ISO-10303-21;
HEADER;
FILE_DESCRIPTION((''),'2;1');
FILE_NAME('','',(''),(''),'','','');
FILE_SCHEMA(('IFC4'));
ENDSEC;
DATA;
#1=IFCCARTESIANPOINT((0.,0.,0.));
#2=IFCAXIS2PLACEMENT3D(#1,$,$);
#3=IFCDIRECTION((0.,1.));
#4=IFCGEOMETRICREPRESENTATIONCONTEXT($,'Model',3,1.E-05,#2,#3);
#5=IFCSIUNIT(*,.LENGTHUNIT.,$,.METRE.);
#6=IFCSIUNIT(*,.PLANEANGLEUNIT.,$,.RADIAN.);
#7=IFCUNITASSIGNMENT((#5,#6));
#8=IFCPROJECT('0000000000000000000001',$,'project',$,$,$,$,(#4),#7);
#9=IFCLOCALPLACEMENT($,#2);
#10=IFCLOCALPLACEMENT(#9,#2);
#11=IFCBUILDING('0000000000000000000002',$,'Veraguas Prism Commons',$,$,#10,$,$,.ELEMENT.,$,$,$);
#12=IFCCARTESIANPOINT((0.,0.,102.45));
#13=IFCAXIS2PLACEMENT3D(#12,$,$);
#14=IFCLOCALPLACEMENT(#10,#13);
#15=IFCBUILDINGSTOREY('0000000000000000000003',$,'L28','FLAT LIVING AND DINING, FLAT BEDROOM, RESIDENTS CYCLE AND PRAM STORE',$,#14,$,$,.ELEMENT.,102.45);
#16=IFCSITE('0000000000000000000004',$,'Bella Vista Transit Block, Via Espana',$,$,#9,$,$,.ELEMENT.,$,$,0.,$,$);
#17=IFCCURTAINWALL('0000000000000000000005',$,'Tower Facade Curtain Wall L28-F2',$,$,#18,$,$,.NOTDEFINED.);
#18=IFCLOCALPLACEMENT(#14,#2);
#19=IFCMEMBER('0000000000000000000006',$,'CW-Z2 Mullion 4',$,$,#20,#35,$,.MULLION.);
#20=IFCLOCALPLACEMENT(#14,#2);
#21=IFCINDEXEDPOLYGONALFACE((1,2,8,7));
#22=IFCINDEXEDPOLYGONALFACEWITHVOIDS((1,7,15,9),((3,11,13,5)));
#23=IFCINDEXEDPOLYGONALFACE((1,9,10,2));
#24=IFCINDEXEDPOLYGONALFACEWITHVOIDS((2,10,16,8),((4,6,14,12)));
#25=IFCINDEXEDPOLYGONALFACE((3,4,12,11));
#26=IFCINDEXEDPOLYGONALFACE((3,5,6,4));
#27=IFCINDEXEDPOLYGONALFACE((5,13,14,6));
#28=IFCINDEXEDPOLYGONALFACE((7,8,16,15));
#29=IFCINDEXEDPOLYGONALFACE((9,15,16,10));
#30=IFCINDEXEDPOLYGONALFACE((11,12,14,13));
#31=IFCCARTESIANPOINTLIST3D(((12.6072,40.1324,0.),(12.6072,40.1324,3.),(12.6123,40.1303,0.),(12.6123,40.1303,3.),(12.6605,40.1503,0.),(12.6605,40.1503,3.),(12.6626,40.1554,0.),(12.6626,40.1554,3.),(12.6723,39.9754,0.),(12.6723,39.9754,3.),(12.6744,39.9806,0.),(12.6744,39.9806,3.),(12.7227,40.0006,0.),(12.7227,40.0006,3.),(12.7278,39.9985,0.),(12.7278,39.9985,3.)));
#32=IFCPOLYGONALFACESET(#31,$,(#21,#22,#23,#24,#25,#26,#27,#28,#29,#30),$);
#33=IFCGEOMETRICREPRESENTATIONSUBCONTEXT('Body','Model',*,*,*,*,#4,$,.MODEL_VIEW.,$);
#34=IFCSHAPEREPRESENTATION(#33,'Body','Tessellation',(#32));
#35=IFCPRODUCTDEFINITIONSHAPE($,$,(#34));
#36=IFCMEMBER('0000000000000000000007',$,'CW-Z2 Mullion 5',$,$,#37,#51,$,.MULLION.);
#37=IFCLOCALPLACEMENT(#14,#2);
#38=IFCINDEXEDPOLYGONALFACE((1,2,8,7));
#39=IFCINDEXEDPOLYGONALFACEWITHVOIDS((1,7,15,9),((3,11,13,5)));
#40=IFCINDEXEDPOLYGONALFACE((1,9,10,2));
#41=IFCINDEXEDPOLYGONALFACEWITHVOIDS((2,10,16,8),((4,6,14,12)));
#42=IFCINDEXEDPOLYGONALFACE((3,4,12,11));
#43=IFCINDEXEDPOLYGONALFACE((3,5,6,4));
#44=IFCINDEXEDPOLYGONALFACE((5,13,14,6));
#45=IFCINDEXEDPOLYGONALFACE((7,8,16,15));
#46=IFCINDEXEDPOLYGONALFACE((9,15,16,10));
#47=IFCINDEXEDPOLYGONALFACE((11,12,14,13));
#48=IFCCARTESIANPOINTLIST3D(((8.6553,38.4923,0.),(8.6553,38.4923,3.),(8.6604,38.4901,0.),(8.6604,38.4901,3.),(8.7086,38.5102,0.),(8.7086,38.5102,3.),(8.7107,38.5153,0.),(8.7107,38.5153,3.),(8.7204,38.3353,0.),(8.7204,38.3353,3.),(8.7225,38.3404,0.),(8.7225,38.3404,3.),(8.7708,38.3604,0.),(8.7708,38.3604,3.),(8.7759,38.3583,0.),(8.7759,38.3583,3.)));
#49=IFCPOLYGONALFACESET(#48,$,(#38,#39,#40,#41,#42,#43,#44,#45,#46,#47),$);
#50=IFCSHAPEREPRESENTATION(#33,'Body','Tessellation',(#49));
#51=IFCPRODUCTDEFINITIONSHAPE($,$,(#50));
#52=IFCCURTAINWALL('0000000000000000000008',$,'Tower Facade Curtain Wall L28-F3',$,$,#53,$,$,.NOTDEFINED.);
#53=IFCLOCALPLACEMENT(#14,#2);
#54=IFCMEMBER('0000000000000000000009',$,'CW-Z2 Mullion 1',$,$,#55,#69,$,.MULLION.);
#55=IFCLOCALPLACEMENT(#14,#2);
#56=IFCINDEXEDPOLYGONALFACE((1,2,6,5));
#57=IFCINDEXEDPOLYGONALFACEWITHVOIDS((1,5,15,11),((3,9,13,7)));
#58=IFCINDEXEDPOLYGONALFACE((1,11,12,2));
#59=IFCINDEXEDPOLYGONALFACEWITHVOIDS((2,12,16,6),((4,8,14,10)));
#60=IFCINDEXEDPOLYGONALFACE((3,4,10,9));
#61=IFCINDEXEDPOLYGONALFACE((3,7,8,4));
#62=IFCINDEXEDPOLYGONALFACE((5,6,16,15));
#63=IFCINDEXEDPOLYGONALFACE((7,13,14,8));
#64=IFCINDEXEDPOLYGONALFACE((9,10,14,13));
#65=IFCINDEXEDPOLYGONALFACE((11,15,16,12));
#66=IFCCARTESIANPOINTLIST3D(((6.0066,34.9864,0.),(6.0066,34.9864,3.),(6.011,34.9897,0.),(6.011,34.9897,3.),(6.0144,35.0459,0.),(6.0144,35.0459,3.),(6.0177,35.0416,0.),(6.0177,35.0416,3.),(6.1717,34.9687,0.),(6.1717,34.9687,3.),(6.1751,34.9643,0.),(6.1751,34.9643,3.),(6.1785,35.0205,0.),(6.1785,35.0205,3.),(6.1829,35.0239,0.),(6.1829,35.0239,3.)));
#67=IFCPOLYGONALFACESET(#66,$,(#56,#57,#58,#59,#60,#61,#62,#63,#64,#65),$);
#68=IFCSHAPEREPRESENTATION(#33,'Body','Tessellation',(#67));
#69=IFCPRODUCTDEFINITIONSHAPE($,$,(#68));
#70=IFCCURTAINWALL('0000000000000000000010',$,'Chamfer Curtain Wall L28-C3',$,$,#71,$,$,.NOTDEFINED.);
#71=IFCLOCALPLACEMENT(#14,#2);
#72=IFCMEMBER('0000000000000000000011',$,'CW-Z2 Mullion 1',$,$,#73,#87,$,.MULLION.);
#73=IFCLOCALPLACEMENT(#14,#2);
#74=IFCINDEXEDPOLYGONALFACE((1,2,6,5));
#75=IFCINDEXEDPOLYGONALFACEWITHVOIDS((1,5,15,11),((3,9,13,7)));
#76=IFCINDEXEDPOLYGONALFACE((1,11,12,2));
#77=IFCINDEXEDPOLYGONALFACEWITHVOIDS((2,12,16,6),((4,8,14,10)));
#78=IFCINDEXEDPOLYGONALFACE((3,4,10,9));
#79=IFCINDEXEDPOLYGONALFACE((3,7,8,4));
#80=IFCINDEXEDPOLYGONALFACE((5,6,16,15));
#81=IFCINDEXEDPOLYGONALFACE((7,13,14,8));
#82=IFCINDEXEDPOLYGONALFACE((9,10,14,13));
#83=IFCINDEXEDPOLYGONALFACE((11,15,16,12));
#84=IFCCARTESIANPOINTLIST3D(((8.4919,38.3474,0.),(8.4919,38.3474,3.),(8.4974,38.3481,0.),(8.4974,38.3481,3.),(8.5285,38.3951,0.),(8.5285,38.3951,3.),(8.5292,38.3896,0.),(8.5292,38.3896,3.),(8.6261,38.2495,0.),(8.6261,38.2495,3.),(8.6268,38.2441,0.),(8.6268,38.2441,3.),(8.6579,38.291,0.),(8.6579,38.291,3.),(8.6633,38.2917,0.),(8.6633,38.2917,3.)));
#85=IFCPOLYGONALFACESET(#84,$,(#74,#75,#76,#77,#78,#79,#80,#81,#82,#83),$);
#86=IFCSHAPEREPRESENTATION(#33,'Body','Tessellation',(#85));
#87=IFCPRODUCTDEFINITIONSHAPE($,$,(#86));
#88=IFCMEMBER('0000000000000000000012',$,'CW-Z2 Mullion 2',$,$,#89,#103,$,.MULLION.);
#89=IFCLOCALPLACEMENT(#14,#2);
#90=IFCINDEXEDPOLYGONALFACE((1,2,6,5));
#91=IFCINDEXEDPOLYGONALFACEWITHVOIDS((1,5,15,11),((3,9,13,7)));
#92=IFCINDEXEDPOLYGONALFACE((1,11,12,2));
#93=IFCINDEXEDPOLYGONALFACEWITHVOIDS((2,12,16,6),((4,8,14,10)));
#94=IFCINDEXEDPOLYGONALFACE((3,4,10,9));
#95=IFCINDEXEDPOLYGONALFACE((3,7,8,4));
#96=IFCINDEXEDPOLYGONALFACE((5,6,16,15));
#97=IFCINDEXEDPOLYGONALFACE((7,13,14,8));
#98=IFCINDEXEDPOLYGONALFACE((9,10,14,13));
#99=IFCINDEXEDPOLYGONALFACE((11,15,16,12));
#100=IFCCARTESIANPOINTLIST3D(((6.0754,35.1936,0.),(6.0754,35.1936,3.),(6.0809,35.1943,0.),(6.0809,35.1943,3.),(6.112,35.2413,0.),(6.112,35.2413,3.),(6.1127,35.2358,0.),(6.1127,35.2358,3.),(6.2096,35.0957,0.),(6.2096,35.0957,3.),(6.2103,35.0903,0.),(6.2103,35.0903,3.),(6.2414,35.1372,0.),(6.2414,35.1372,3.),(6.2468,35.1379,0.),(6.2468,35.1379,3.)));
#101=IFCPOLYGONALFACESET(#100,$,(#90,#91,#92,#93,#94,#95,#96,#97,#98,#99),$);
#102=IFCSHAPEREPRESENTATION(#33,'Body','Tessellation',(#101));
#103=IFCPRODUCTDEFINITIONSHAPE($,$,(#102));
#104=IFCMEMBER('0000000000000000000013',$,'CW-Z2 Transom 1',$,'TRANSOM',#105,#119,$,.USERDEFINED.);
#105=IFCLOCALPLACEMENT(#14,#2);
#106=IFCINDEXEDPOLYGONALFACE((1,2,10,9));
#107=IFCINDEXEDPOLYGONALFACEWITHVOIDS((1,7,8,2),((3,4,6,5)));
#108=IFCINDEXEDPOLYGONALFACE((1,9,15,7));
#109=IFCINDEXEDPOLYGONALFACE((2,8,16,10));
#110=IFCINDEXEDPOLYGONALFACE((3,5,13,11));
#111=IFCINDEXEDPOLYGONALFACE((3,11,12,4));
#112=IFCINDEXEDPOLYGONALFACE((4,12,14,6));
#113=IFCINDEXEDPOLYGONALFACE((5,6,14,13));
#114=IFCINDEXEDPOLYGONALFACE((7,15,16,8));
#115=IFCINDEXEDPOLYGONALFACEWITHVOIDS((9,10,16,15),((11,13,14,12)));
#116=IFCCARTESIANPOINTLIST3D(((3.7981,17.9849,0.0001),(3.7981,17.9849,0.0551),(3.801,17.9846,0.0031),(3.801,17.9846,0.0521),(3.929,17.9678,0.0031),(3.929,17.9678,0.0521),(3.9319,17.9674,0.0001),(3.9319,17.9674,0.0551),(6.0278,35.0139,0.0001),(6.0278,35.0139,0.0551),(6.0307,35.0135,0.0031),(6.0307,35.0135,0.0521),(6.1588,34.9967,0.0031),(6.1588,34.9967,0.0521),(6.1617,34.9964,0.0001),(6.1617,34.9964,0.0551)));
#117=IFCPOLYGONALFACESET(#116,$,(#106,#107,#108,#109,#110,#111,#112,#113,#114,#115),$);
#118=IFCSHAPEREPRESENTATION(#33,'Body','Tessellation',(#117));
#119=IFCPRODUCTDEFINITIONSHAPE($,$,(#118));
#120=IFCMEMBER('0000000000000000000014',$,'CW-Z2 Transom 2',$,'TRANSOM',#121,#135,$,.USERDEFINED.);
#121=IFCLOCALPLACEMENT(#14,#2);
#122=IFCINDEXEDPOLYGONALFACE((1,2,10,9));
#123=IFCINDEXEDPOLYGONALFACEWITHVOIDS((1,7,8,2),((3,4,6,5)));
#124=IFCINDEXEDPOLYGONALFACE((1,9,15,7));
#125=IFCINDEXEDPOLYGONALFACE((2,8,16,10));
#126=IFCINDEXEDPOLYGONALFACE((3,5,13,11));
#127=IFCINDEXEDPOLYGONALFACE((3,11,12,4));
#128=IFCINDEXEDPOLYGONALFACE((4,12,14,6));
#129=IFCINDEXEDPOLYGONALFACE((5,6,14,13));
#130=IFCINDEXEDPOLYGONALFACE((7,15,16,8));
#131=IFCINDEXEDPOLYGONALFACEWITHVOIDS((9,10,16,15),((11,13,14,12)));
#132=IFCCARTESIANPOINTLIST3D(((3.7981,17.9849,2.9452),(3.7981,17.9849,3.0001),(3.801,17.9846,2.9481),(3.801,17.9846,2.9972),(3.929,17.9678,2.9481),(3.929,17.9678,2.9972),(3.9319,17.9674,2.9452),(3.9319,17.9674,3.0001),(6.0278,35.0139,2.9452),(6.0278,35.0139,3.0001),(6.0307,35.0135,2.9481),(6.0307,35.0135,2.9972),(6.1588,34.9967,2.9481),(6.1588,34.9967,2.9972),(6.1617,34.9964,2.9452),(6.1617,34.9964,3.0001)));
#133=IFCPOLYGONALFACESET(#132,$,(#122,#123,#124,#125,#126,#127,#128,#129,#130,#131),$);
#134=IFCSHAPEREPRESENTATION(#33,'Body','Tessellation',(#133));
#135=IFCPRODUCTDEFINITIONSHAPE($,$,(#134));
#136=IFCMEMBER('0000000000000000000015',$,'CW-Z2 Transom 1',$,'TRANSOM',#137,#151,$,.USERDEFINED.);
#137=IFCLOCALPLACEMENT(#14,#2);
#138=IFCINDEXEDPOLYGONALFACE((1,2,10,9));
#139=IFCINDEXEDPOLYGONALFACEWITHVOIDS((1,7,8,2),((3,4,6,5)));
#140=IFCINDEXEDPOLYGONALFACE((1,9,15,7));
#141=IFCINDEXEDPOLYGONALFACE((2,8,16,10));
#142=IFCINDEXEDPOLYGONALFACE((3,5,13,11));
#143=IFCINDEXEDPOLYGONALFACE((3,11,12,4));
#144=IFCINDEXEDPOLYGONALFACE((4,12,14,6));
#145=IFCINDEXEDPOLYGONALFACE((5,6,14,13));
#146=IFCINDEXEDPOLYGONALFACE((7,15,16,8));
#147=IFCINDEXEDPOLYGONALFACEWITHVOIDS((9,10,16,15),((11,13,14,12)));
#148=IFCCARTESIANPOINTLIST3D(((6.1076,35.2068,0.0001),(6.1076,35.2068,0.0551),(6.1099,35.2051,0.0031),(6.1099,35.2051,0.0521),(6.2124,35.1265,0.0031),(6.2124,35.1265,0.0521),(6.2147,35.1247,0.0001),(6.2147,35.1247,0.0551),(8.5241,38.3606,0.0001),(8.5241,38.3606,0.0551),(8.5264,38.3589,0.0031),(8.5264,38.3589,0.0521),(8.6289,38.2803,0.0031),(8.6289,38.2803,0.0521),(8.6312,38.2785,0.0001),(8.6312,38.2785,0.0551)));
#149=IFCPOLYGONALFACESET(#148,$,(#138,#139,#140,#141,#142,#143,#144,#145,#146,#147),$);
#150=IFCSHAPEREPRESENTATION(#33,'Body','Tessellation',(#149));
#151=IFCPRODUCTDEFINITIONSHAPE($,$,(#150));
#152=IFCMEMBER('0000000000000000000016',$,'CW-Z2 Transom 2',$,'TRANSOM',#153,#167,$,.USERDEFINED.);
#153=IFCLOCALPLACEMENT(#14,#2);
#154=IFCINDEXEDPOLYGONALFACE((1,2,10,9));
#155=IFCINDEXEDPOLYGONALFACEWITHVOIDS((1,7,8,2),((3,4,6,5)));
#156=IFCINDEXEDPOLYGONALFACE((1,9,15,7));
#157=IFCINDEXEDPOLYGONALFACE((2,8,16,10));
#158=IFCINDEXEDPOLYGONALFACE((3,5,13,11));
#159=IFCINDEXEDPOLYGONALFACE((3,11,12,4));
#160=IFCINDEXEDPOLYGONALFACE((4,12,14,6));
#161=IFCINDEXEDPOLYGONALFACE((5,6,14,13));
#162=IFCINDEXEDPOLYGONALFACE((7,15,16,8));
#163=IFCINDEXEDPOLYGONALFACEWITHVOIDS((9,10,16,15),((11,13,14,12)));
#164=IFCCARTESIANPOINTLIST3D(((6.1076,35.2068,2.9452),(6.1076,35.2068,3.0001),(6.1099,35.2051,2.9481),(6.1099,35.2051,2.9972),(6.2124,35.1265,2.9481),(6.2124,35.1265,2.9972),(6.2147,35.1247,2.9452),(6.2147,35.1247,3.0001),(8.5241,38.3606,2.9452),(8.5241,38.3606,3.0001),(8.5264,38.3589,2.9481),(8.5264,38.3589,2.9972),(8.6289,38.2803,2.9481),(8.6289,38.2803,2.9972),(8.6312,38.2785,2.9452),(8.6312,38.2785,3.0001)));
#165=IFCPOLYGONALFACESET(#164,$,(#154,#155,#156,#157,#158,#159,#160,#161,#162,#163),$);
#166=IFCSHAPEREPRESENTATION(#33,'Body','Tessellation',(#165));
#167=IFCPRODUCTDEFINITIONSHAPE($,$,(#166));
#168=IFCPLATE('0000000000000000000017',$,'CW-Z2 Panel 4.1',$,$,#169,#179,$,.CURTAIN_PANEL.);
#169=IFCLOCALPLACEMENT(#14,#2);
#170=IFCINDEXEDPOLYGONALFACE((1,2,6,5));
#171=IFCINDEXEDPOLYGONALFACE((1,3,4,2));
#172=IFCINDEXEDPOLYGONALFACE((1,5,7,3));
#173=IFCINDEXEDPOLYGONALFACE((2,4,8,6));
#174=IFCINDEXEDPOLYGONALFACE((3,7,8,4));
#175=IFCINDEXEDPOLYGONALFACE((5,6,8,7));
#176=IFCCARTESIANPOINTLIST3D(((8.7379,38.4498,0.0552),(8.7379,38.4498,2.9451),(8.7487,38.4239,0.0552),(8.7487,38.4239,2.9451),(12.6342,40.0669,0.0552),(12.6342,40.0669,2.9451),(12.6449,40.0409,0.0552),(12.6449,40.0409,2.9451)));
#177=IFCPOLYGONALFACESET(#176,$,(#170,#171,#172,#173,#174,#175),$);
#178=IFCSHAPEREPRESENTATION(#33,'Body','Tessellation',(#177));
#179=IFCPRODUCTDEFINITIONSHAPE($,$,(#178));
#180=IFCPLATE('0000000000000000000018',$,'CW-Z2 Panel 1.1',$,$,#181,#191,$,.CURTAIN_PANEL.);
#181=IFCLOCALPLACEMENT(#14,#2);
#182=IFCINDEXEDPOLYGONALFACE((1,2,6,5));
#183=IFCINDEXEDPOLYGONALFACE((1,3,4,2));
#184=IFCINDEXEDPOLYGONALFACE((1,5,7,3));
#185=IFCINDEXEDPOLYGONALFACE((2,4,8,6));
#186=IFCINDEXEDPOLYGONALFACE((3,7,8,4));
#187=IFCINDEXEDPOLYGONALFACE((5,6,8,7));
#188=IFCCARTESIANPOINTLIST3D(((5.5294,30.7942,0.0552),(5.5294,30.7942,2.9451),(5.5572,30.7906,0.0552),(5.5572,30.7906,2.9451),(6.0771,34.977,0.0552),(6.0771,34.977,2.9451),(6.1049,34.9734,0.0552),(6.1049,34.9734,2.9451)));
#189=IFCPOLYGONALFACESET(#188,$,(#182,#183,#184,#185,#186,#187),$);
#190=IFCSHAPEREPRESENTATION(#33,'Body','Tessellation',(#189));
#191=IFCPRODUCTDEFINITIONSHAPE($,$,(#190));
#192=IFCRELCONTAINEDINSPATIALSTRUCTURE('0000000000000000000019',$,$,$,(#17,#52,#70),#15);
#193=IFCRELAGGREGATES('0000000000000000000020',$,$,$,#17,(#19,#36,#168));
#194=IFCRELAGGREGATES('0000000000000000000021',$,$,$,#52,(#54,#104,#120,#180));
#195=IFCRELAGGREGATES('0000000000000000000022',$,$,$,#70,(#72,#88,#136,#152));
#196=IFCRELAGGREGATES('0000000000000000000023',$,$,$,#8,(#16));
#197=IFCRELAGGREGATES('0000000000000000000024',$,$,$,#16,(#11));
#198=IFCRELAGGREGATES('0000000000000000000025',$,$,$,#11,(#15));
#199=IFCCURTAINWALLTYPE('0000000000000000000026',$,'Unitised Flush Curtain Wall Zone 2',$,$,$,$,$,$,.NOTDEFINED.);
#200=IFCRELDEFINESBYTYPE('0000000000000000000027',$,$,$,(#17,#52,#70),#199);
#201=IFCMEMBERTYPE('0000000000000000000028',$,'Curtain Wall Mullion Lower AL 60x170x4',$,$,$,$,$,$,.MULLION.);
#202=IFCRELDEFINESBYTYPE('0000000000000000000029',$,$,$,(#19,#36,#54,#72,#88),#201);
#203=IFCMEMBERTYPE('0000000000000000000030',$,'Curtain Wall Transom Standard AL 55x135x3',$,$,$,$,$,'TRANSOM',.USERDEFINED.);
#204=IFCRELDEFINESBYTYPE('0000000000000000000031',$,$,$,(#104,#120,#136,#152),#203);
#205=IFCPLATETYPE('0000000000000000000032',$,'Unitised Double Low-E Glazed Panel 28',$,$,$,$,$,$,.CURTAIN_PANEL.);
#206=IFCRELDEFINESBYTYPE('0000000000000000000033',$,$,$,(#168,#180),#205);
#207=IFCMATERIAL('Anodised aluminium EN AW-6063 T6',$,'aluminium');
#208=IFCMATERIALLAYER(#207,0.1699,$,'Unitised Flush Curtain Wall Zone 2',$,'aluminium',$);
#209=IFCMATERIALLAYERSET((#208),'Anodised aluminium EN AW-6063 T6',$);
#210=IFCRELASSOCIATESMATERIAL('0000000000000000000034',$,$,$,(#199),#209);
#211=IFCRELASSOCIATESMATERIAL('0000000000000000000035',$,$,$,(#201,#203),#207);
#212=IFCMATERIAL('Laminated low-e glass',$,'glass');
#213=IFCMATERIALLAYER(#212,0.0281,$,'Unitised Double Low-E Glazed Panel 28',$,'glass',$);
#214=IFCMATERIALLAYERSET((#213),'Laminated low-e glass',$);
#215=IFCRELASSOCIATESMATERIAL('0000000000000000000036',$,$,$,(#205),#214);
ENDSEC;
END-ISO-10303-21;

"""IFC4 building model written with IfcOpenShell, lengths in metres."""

from ifc_helpers import new_model, si_unit, direction, frame, origin, origin_2d, place, context, subcontext, project, spatial, rectangle, hollow_rectangle, extrude, source, transform, mapped, material, layer, layer_set, material_profile, profile_set, type_object, element, aggregate, save


model = new_model("IFC4")

# Units and contexts
model_context = context("Model", 3, precision=1e-05, world=origin(), true_north=direction((0.0, 1.0)))
body_context = subcontext(model_context, "Body", "Model", "MODEL_VIEW")
ifc_project = project(units=[si_unit("LENGTHUNIT", "METRE"), si_unit("PLANEANGLEUNIT", "RADIAN")], contexts=[model_context])

# Site, building, storey
site_placement = place(None, origin())
site = spatial("IfcSite", under=ifc_project, at=site_placement, Name="Bella Vista Transit Block, Via Espana", CompositionType="ELEMENT", RefElevation=0.0)
building_placement = place(site_placement, origin())
building = spatial("IfcBuilding", under=site, at=building_placement, Name="Veraguas Prism Commons", CompositionType="ELEMENT")
storey_placement = place(building_placement, frame((0.0, 0.0, 102.45)))
storey = spatial("IfcBuildingStorey", under=building, at=storey_placement, Name="L28", Description="FLAT LIVING AND DINING, FLAT BEDROOM, RESIDENTS CYCLE AND PRAM STORE", CompositionType="ELEMENT", Elevation=102.45)

# Curtain wall, members
ifc_material_1 = material(Name="Anodised aluminium EN AW-6063 T6", Category="aluminium")
ifc_layer_1 = layer(ifc_material_1, 0.1699, Name="Unitised Flush Curtain Wall Zone 2", Category="aluminium")
ifc_layer_set_1 = layer_set([ifc_layer_1], Name="Anodised aluminium EN AW-6063 T6")
curtain_wall_type = type_object("IfcCurtainWallType", Name="Unitised Flush Curtain Wall Zone 2", PredefinedType="NOTDEFINED", material=ifc_layer_set_1)
curtain_wall_1_placement = place(storey_placement, origin())
curtain_wall_1 = element("IfcCurtainWall", 1, at=curtain_wall_1_placement, inside=storey, type_object=curtain_wall_type, Name="Tower Facade Curtain Wall L28-F2", PredefinedType="NOTDEFINED")
ifc_material_profile_1 = material_profile(ifc_material_1, hollow_rectangle(XDim=0.0601, YDim=0.1699, WallThickness=0.0039, at=origin_2d()), Name="AL60X170X4")
ifc_profile_set_1 = profile_set([ifc_material_profile_1], Name="Anodised aluminium EN AW-6063 T6")
member_type_1 = type_object("IfcMemberType", Name="Curtain Wall Mullion Lower AL 60x170x4", PredefinedType="MULLION", material=ifc_profile_set_1)
shared_shape_1 = source(origin(), body_context, "Body", "SweptSolid", [
    extrude(hollow_rectangle(XDim=0.0601, YDim=0.1699, WallThickness=0.0039, at=origin_2d()), origin(), (0.0, 0.0, 1.0), 3.0),
])
member_1_placement = place(storey_placement, frame((12.6675, 40.0654, 0.0), z_axis=(0.0, 0.0, 1.0), x_axis=(-0.923611, -0.383332, 0.0)))
member_1 = element("IfcMember", 2, at=member_1_placement, type_object=member_type_1, Name="CW-Z2 Mullion 4", PredefinedType="MULLION", context=body_context, shape_type="MappedRepresentation", body=[
    mapped(shared_shape_1, transform((0.0, 0.0, 0.0), scale=1.0)),
])
member_2_placement = place(storey_placement, frame((8.7156, 38.4253, 0.0), z_axis=(0.0, 0.0, 1.0), x_axis=(-0.923611, -0.383332, 0.0)))
member_2 = element("IfcMember", 3, at=member_2_placement, type_object=member_type_1, Name="CW-Z2 Mullion 5", PredefinedType="MULLION", context=body_context, shape_type="MappedRepresentation", body=[
    mapped(shared_shape_1, transform((0.0, 0.0, 0.0), scale=1.0)),
])

# Curtain wall, member
curtain_wall_2_placement = place(storey_placement, origin())
curtain_wall_2 = element("IfcCurtainWall", 4, at=curtain_wall_2_placement, inside=storey, type_object=curtain_wall_type, Name="Tower Facade Curtain Wall L28-F3", PredefinedType="NOTDEFINED")
member_3_placement = place(storey_placement, frame((6.0947, 35.0051, 0.0), z_axis=(0.0, 0.0, 1.0), x_axis=(-0.129834, -0.991536, 0.0)))
member_3 = element("IfcMember", 5, at=member_3_placement, type_object=member_type_1, Name="CW-Z2 Mullion 1", PredefinedType="MULLION", context=body_context, shape_type="MappedRepresentation", body=[
    mapped(shared_shape_1, transform((0.0, 0.0, 0.0), scale=1.0)),
])

# Curtain wall, members
curtain_wall_3_placement = place(storey_placement, origin())
curtain_wall_3 = element("IfcCurtainWall", 6, at=curtain_wall_3_placement, inside=storey, type_object=curtain_wall_type, Name="Chamfer Curtain Wall L28-C3", PredefinedType="NOTDEFINED")
member_4_placement = place(storey_placement, frame((8.5776, 38.3196, 0.0), z_axis=(0.0, 0.0, 1.0), x_axis=(-0.608212, -0.793775, 0.0)))
member_4 = element("IfcMember", 7, at=member_4_placement, type_object=member_type_1, Name="CW-Z2 Mullion 1", PredefinedType="MULLION", context=body_context, shape_type="MappedRepresentation", body=[
    mapped(shared_shape_1, transform((0.0, 0.0, 0.0), scale=1.0)),
])
member_5_placement = place(storey_placement, frame((6.1611, 35.1658, 0.0), z_axis=(0.0, 0.0, 1.0), x_axis=(-0.608212, -0.793775, 0.0)))
member_5 = element("IfcMember", 8, at=member_5_placement, type_object=member_type_1, Name="CW-Z2 Mullion 2", PredefinedType="MULLION", context=body_context, shape_type="MappedRepresentation", body=[
    mapped(shared_shape_1, transform((0.0, 0.0, 0.0), scale=1.0)),
])

# Members
ifc_material_profile_2 = material_profile(ifc_material_1, hollow_rectangle(XDim=0.0549, YDim=0.135, WallThickness=0.0029, at=origin_2d()), Name="AL55X135X3")
ifc_profile_set_2 = profile_set([ifc_material_profile_2], Name="Anodised aluminium EN AW-6063 T6")
member_type_2 = type_object("IfcMemberType", Name="Curtain Wall Transom Standard AL 55x135x3", ElementType="TRANSOM", PredefinedType="USERDEFINED", material=ifc_profile_set_2)
shared_shape_2 = source(origin(), body_context, "Body", "SweptSolid", [
    extrude(hollow_rectangle(XDim=0.0549, YDim=0.135, WallThickness=0.0029, at=origin_2d()), origin(), (0.0, 0.0, 1.0), 17.1743),
])
member_6_placement = place(storey_placement, frame((6.0947, 35.0051, 0.0276), z_axis=(-0.129829, -0.991536, 0.0), x_axis=(0.0, 0.0, 1.0)))
member_6 = element("IfcMember", 9, at=member_6_placement, type_object=member_type_2, Name="CW-Z2 Transom 1", ObjectType="TRANSOM", PredefinedType="USERDEFINED", context=body_context, shape_type="MappedRepresentation", body=[
    mapped(shared_shape_2, transform((0.0, 0.0, 0.0), scale=1.0)),
])
member_7_placement = place(storey_placement, frame((6.0947, 35.0051, 2.9727), z_axis=(-0.129829, -0.991536, 0.0), x_axis=(0.0, 0.0, 1.0)))
member_7 = element("IfcMember", 10, at=member_7_placement, type_object=member_type_2, Name="CW-Z2 Transom 2", ObjectType="TRANSOM", PredefinedType="USERDEFINED", context=body_context, shape_type="MappedRepresentation", body=[
    mapped(shared_shape_2, transform((0.0, 0.0, 0.0), scale=1.0)),
])
shared_shape_3 = source(origin(), body_context, "Body", "SweptSolid", [
    extrude(hollow_rectangle(XDim=0.0549, YDim=0.135, WallThickness=0.0029, at=origin_2d()), origin(), (0.0, 0.0, 1.0), 3.9731),
])
member_8_placement = place(storey_placement, frame((8.5776, 38.3196, 0.0276), z_axis=(-0.608207, -0.793778, 0.0), x_axis=(0.0, 0.0, 1.0)))
member_8 = element("IfcMember", 11, at=member_8_placement, type_object=member_type_2, Name="CW-Z2 Transom 1", ObjectType="TRANSOM", PredefinedType="USERDEFINED", context=body_context, shape_type="MappedRepresentation", body=[
    mapped(shared_shape_3, transform((0.0, 0.0, 0.0), scale=1.0)),
])
member_9_placement = place(storey_placement, frame((8.5776, 38.3196, 2.9727), z_axis=(-0.608207, -0.793778, 0.0), x_axis=(0.0, 0.0, 1.0)))
member_9 = element("IfcMember", 12, at=member_9_placement, type_object=member_type_2, Name="CW-Z2 Transom 2", ObjectType="TRANSOM", PredefinedType="USERDEFINED", context=body_context, shape_type="MappedRepresentation", body=[
    mapped(shared_shape_3, transform((0.0, 0.0, 0.0), scale=1.0)),
])

# Plates
ifc_material_2 = material(Name="Laminated low-e glass", Category="glass")
ifc_layer_2 = layer(ifc_material_2, 0.0281, Name="Unitised Double Low-E Glazed Panel 28", Category="glass")
ifc_layer_set_2 = layer_set([ifc_layer_2], Name="Laminated low-e glass")
plate_type = type_object("IfcPlateType", Name="Unitised Double Low-E Glazed Panel 28", PredefinedType="CURTAIN_PANEL", material=ifc_layer_set_2)
shared_shape_4 = source(origin(), body_context, "Body", "SweptSolid", [
    extrude(rectangle(XDim=4.2185, YDim=0.0281, at=origin_2d()), origin(), (0.0, 0.0, 1.0), 2.8899),
])
plate_1_placement = place(storey_placement, frame((10.6914, 39.2454, 0.0552), z_axis=(0.0, 0.0, 1.0), x_axis=(-0.923611, -0.383332, 0.0)))
plate_1 = element("IfcPlate", 13, at=plate_1_placement, type_object=plate_type, Name="CW-Z2 Panel 4.1", PredefinedType="CURTAIN_PANEL", context=body_context, shape_type="MappedRepresentation", body=[
    mapped(shared_shape_4, transform((0.0, 0.0, 0.0), scale=1.0)),
])
aggregate(curtain_wall_1, [member_1, member_2, plate_1])
plate_2_placement = place(storey_placement, frame((5.8171, 32.8838, 0.0552), z_axis=(0.0, 0.0, 1.0), x_axis=(-0.129834, -0.991536, 0.0)))
plate_2 = element("IfcPlate", 14, at=plate_2_placement, type_object=plate_type, Name="CW-Z2 Panel 1.1", PredefinedType="CURTAIN_PANEL", context=body_context, shape_type="MappedRepresentation", body=[
    mapped(shared_shape_4, transform((0.0, 0.0, 0.0), scale=1.0)),
])
aggregate(curtain_wall_2, [member_3, member_6, member_7, plate_2])
aggregate(curtain_wall_3, [member_4, member_5, member_8, member_9])

save(model, "model.ifc")
